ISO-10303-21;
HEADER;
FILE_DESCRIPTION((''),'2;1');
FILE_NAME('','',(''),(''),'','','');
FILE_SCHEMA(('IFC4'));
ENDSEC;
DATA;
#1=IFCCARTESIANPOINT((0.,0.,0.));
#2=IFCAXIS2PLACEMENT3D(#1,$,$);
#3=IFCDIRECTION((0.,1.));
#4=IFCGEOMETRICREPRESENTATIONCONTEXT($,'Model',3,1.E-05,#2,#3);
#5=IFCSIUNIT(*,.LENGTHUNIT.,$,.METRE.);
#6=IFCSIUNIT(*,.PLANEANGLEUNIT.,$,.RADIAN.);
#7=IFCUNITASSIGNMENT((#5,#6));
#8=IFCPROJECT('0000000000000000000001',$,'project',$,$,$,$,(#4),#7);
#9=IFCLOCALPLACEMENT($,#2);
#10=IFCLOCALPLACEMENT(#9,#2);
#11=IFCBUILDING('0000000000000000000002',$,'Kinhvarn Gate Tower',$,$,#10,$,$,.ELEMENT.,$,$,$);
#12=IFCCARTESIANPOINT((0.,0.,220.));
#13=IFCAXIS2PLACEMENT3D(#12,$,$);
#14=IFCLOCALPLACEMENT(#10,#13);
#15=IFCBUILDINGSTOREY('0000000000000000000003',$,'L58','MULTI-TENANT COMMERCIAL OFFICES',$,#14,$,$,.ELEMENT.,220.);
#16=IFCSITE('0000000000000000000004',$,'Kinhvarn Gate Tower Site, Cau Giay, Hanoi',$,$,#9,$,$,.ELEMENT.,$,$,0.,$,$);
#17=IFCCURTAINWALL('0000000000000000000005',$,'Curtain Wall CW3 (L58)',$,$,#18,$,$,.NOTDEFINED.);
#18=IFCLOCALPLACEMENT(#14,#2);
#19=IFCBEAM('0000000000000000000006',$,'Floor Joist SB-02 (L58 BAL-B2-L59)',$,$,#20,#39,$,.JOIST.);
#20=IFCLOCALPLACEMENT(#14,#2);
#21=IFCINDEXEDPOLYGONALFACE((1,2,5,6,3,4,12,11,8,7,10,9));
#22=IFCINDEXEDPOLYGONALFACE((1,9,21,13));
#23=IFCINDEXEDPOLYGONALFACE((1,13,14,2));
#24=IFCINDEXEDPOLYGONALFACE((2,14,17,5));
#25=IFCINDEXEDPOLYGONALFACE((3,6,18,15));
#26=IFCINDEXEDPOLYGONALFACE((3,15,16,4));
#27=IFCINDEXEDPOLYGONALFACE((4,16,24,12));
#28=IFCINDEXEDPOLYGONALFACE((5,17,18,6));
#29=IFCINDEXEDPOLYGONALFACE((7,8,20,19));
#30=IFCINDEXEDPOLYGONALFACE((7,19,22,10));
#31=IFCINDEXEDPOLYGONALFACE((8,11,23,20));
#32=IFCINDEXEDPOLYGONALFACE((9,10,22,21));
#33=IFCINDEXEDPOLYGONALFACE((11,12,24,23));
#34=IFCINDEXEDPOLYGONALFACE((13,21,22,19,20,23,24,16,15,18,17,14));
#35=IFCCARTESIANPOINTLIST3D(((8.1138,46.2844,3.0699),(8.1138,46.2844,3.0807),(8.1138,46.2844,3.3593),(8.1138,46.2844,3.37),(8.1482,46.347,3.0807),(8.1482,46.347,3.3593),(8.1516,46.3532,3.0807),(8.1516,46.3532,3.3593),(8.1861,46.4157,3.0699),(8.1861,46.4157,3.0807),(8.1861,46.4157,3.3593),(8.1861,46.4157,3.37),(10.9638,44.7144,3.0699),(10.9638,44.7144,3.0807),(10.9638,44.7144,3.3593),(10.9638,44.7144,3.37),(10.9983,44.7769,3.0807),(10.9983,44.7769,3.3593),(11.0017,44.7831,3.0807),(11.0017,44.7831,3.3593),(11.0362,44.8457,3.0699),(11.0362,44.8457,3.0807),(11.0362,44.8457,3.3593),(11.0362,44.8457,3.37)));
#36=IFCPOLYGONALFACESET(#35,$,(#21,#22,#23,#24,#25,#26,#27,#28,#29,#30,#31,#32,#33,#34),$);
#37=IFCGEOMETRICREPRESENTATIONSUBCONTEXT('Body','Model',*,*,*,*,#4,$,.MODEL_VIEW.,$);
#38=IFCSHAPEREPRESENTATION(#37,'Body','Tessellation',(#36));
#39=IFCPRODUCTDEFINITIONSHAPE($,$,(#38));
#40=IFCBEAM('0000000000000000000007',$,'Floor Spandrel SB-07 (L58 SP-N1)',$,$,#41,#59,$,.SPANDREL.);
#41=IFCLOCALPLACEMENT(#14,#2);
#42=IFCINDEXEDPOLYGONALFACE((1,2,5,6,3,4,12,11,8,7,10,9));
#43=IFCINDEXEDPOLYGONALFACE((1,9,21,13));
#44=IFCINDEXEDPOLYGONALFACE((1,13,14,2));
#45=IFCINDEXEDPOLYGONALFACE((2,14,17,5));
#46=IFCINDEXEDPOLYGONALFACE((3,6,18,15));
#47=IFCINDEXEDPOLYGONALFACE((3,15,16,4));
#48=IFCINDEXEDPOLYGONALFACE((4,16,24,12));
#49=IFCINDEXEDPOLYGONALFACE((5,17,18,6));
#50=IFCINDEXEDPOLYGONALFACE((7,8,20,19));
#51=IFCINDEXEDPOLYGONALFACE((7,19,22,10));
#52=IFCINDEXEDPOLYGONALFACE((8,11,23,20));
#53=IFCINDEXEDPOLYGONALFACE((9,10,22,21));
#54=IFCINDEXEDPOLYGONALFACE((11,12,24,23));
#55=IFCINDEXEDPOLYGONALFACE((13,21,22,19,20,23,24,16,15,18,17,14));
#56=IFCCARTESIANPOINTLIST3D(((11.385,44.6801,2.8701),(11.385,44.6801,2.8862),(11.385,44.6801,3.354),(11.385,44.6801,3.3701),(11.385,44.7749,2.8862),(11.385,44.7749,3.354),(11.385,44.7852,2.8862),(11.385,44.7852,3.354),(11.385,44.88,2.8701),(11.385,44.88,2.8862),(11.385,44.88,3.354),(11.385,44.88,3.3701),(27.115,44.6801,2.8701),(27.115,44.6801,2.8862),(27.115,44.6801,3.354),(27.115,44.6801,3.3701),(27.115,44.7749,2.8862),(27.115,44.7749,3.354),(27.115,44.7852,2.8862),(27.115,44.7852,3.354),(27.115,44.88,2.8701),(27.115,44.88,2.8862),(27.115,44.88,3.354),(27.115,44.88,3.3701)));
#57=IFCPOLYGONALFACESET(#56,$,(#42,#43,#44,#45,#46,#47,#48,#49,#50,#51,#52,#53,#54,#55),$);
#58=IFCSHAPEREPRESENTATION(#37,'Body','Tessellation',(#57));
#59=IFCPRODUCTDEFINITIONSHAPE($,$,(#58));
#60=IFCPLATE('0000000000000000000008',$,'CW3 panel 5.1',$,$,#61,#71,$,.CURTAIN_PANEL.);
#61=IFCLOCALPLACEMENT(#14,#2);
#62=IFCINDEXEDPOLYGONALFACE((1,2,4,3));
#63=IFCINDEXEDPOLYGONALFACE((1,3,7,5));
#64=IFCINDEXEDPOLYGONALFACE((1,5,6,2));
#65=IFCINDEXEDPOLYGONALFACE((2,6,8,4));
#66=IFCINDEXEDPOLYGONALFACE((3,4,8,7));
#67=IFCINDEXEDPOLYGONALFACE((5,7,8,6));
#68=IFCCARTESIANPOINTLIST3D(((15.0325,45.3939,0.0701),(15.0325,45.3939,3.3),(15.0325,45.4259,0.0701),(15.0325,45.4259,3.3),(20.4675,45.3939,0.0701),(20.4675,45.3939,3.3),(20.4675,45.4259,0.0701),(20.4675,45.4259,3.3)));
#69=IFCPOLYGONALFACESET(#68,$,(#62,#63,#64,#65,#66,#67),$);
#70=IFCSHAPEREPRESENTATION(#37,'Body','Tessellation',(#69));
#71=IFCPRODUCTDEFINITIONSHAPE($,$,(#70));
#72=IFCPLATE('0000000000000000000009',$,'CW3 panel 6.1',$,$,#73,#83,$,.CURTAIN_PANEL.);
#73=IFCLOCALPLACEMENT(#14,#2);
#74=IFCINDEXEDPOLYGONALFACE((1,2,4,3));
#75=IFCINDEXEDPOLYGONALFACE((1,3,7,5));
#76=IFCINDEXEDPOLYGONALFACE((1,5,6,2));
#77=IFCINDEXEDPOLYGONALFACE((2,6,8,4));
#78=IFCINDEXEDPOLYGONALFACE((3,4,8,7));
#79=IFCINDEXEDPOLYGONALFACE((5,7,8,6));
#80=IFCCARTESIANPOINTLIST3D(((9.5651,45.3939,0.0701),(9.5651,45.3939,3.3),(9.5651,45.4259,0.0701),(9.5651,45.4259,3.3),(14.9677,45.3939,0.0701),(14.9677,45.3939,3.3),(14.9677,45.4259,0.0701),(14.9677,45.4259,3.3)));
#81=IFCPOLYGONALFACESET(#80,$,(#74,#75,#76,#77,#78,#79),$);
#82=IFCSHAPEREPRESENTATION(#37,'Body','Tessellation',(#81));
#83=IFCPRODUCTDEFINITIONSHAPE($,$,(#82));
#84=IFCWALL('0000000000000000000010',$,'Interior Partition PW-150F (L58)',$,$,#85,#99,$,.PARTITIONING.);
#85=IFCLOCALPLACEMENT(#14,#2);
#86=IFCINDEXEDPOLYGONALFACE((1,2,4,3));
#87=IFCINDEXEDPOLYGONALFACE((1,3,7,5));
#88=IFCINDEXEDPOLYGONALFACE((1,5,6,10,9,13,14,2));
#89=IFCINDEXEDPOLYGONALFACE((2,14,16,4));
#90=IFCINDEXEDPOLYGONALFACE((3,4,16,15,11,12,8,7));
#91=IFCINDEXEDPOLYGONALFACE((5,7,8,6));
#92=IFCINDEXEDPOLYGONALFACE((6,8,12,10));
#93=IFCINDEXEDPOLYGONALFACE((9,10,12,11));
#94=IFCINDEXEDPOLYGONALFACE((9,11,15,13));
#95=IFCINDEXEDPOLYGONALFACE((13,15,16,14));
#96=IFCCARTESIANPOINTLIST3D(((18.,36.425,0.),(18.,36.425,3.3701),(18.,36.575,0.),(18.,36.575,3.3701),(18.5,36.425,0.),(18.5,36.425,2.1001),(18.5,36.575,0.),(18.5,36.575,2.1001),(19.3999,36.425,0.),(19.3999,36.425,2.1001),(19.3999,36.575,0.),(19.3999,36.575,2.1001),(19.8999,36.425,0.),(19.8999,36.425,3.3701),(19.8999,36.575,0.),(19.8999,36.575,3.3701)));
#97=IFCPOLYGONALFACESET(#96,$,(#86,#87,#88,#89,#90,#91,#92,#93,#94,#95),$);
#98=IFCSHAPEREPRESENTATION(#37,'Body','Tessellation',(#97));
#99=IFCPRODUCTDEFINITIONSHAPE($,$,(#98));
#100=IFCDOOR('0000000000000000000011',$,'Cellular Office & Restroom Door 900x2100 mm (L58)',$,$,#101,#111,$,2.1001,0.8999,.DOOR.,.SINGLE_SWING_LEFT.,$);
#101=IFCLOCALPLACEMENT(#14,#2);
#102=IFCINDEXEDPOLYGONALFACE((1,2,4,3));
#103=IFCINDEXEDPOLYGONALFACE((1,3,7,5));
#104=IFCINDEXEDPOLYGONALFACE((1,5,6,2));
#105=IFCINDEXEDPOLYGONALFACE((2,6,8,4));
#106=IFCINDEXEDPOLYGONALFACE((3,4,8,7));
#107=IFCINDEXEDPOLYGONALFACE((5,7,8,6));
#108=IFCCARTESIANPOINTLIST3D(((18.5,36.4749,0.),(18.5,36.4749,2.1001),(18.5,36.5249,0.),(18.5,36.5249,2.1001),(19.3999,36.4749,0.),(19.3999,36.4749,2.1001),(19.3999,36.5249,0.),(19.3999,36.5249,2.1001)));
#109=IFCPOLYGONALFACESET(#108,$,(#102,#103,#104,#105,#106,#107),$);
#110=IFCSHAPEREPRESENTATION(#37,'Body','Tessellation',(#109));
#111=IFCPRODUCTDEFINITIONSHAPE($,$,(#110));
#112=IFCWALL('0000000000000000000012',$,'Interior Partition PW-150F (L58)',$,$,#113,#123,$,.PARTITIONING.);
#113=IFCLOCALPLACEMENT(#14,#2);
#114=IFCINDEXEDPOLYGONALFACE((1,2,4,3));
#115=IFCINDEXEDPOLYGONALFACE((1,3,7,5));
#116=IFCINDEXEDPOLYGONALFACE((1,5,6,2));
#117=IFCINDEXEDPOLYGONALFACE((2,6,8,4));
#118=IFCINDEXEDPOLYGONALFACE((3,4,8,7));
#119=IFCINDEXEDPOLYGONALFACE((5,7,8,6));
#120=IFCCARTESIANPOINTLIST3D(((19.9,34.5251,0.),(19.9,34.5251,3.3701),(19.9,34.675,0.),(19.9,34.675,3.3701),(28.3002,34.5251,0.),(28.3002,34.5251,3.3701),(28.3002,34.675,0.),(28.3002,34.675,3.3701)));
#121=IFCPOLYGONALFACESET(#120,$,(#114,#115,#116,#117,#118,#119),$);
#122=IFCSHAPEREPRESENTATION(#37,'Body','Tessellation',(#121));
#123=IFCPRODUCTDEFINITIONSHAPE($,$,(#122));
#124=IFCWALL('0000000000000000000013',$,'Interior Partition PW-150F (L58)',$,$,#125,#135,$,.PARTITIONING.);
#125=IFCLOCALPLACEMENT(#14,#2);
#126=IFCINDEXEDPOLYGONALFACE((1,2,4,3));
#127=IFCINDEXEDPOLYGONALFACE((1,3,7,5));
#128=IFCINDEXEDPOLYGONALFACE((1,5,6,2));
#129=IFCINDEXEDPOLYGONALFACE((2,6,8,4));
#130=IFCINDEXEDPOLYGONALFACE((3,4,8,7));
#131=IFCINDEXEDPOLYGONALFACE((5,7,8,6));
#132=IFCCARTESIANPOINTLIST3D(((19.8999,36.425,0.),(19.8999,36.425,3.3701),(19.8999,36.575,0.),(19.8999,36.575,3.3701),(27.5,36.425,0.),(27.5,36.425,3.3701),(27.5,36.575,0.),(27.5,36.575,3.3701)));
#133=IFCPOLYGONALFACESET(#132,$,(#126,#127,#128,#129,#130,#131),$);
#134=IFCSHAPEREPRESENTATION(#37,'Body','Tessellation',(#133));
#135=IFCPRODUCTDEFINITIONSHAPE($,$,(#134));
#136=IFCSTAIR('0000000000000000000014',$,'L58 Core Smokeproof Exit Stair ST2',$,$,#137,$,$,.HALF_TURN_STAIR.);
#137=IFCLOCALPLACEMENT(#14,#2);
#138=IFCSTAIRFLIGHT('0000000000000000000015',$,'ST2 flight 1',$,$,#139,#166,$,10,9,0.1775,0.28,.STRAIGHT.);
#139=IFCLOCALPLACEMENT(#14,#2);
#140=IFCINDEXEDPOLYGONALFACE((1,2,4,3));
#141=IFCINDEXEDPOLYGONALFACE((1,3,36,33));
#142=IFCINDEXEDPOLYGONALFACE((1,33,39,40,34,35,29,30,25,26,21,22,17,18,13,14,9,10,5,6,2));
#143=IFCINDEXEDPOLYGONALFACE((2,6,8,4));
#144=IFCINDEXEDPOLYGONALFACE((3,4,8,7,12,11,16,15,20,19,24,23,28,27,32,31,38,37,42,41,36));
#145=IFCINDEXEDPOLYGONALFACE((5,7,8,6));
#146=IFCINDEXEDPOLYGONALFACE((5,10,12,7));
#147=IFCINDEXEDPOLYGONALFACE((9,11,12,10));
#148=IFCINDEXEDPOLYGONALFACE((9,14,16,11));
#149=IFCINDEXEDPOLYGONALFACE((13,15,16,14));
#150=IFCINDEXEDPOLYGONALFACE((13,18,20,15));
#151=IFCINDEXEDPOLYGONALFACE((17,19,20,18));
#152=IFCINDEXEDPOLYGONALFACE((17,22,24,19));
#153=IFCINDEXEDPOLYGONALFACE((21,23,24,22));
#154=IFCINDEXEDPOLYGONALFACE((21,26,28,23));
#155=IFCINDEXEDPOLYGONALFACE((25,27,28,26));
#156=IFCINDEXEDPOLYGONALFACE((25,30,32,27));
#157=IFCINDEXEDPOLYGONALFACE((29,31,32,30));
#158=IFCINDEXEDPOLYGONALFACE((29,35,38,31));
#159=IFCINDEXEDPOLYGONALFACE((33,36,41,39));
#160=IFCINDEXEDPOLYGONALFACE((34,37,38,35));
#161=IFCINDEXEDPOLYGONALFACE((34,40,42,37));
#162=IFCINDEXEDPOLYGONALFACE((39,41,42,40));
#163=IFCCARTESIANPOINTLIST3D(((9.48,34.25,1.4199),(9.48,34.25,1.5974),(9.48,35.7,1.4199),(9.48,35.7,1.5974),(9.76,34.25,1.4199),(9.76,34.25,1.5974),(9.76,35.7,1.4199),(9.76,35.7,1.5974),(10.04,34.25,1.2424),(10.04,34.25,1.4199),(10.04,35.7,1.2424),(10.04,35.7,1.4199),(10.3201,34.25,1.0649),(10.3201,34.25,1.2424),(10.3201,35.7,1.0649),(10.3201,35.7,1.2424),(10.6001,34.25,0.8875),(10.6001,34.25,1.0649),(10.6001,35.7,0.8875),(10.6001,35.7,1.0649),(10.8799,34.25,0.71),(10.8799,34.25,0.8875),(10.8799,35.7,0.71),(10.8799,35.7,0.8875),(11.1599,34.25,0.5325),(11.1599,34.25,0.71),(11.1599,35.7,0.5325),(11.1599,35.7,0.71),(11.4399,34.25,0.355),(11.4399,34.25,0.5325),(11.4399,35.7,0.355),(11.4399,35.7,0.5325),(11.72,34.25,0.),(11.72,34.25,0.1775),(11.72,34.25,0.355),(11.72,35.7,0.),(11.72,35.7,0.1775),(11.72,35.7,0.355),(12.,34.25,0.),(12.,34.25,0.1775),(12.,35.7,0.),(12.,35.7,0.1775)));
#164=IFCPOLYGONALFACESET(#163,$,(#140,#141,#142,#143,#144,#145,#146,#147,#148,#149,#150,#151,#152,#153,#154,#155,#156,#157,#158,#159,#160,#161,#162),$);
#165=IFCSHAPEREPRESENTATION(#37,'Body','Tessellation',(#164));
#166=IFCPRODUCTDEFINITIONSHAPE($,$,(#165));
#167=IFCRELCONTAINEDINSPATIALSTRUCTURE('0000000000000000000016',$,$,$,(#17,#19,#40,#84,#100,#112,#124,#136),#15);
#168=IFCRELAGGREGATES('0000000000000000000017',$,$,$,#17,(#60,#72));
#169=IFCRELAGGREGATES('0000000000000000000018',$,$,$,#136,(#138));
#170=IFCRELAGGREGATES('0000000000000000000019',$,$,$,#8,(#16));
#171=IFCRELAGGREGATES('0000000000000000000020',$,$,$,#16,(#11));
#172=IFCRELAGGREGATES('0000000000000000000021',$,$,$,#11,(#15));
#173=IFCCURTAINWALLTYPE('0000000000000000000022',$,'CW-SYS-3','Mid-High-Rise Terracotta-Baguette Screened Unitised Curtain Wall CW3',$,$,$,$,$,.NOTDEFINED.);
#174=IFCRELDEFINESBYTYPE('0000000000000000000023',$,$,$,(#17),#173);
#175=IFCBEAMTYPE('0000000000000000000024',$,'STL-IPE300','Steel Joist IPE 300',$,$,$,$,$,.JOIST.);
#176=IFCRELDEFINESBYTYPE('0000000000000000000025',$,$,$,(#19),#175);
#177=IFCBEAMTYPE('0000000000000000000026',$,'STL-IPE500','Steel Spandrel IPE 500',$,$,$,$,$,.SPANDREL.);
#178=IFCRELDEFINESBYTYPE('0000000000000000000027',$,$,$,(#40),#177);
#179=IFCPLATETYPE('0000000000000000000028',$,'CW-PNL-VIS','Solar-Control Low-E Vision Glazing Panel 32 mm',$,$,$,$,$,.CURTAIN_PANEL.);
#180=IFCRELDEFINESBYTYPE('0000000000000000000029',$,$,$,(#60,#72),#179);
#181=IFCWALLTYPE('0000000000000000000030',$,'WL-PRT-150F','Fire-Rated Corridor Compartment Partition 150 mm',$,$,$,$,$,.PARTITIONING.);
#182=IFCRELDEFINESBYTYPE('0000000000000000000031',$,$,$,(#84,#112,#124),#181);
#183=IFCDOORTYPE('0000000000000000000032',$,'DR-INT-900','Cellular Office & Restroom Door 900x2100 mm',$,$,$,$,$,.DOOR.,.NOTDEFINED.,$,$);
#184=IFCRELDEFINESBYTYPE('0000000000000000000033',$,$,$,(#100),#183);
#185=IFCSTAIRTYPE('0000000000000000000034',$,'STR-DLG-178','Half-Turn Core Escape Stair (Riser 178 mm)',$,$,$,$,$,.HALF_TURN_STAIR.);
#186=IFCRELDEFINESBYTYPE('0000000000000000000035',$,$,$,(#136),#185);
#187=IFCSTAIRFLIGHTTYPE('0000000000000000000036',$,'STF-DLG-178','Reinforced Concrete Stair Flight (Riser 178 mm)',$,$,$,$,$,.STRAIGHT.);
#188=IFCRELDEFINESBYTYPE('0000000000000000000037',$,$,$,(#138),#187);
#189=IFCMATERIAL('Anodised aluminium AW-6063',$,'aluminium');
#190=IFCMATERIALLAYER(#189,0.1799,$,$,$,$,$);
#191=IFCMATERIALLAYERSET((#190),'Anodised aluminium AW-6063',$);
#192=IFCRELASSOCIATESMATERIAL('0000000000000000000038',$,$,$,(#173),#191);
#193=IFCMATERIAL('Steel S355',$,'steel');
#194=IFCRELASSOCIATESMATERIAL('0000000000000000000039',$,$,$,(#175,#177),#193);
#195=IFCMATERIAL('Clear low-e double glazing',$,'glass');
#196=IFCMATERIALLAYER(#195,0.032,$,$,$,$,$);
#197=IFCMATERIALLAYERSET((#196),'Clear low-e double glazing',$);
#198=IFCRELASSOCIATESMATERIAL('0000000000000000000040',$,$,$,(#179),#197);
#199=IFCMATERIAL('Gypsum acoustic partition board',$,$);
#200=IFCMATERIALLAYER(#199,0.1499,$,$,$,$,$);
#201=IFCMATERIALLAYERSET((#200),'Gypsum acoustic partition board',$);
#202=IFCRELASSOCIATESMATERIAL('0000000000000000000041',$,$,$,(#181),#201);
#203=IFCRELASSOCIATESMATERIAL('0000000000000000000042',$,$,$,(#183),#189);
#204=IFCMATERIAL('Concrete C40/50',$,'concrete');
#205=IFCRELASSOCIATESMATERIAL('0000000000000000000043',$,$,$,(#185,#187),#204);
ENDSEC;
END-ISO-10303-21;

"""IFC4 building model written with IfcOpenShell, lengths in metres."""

from ifc_helpers import new_model, si_unit, direction, frame, frame_2d, origin, origin_2d, place, context, subcontext, project, spatial, polyline, rectangle, i_section, outline, extrude, material, layer, layer_set, material_profile, profile_set, type_object, element, fill, aggregate, save


model = new_model("IFC4")

# Units and contexts
model_context = context("Model", 3, precision=1e-05, world=origin(), true_north=direction((0.0, 1.0)))
body_context = subcontext(model_context, "Body", "Model", "MODEL_VIEW")
ifc_project = project(units=[si_unit("LENGTHUNIT", "METRE"), si_unit("PLANEANGLEUNIT", "RADIAN")], contexts=[model_context])

# Site, building, storey
site_placement = place(None, origin())
site = spatial("IfcSite", under=ifc_project, at=site_placement, Name="Kinhvarn Gate Tower Site, Cau Giay, Hanoi", CompositionType="ELEMENT", RefElevation=0.0)
building_placement = place(site_placement, origin())
building = spatial("IfcBuilding", under=site, at=building_placement, Name="Kinhvarn Gate Tower", CompositionType="ELEMENT")
storey_placement = place(building_placement, frame((0.0, 0.0, 220.0)))
storey = spatial("IfcBuildingStorey", under=building, at=storey_placement, Name="L58", Description="MULTI-TENANT COMMERCIAL OFFICES", CompositionType="ELEMENT", Elevation=220.0)

# Curtain wall
ifc_material_1 = material(Name="Anodised aluminium AW-6063", Category="aluminium")
ifc_layer_1 = layer(ifc_material_1, 0.1799)
ifc_layer_set_1 = layer_set([ifc_layer_1], Name="Anodised aluminium AW-6063")
curtain_wall_type = type_object("IfcCurtainWallType", Name="CW-SYS-3", Description="Mid-High-Rise Terracotta-Baguette Screened Unitised Curtain Wall CW3", PredefinedType="NOTDEFINED", material=ifc_layer_set_1)
curtain_wall_placement = place(storey_placement, origin())
curtain_wall = element("IfcCurtainWall", 1, at=curtain_wall_placement, inside=storey, type_object=curtain_wall_type, Name="Curtain Wall CW3 (L58)", PredefinedType="NOTDEFINED")

# Beams
ifc_material_2 = material(Name="Steel S355", Category="steel")
ifc_material_profile_1 = material_profile(ifc_material_2, i_section(OverallWidth=0.1499, OverallDepth=0.3, WebThickness=0.0071, FlangeThickness=0.0107, at=origin_2d()), Name="IPE 300")
ifc_profile_set_1 = profile_set([ifc_material_profile_1], Name="Steel S355")
beam_type_1 = type_object("IfcBeamType", Name="STL-IPE300", Description="Steel Joist IPE 300", PredefinedType="JOIST", material=ifc_profile_set_1)
beam_1_placement = place(storey_placement, frame((11.0, 44.78, 3.22), z_axis=(-0.875889, 0.482512, 0.0), x_axis=(-0.482512, -0.875889, 0.0)))
element("IfcBeam", 2, at=beam_1_placement, inside=storey, type_object=beam_type_1, Name="Floor Joist SB-02 (L58 BAL-B2-L59)", PredefinedType="JOIST", context=body_context, shape_type="SweptSolid", body=[
    extrude(i_section(OverallWidth=0.1499, OverallDepth=0.3, WebThickness=0.0071, FlangeThickness=0.0107, at=origin_2d()), origin(), (0.0, 0.0, 1.0), 3.2539),
])
ifc_material_profile_2 = material_profile(ifc_material_2, i_section(OverallWidth=0.2, OverallDepth=0.5, WebThickness=0.0103, FlangeThickness=0.0161, at=origin_2d()), Name="IPE 500")
ifc_profile_set_2 = profile_set([ifc_material_profile_2], Name="Steel S355")
beam_type_2 = type_object("IfcBeamType", Name="STL-IPE500", Description="Steel Spandrel IPE 500", PredefinedType="SPANDREL", material=ifc_profile_set_2)
beam_2_placement = place(storey_placement, frame((11.385, 44.78, 3.1201), z_axis=(1.0, 0.0, 0.0), x_axis=(0.0, 1.0, 0.0)))
element("IfcBeam", 3, at=beam_2_placement, inside=storey, type_object=beam_type_2, Name="Floor Spandrel SB-07 (L58 SP-N1)", PredefinedType="SPANDREL", context=body_context, shape_type="SweptSolid", body=[
    extrude(i_section(OverallWidth=0.2, OverallDepth=0.5, WebThickness=0.0103, FlangeThickness=0.0161, at=origin_2d()), origin(), (0.0, 0.0, 1.0), 15.73),
])

# Plates
ifc_material_3 = material(Name="Clear low-e double glazing", Category="glass")
ifc_layer_2 = layer(ifc_material_3, 0.032)
ifc_layer_set_2 = layer_set([ifc_layer_2], Name="Clear low-e double glazing")
plate_type = type_object("IfcPlateType", Name="CW-PNL-VIS", Description="Solar-Control Low-E Vision Glazing Panel 32 mm", PredefinedType="CURTAIN_PANEL", material=ifc_layer_set_2)
plate_1_placement = place(storey_placement, frame((17.75, 45.4099, 0.0701), z_axis=(0.0, 0.0, 1.0), x_axis=(-1.0, 0.0, 0.0)))
plate_1 = element("IfcPlate", 4, at=plate_1_placement, type_object=plate_type, Name="CW3 panel 5.1", PredefinedType="CURTAIN_PANEL", context=body_context, shape_type="SweptSolid", body=[
    extrude(rectangle(XDim=5.4351, YDim=0.032, at=origin_2d()), origin(), (0.0, 0.0, 1.0), 3.23),
])
plate_2_placement = place(storey_placement, frame((12.2664, 45.4099, 0.0701), z_axis=(0.0, 0.0, 1.0), x_axis=(-1.0, 0.0, 0.0)))
plate_2 = element("IfcPlate", 5, at=plate_2_placement, type_object=plate_type, Name="CW3 panel 6.1", PredefinedType="CURTAIN_PANEL", context=body_context, shape_type="SweptSolid", body=[
    extrude(rectangle(XDim=5.4026, YDim=0.032, at=origin_2d()), origin(), (0.0, 0.0, 1.0), 3.23),
])
aggregate(curtain_wall, [plate_1, plate_2])

# Wall, opening, door
ifc_material_4 = material(Name="Gypsum acoustic partition board")
ifc_layer_3 = layer(ifc_material_4, 0.1499)
ifc_layer_set_3 = layer_set([ifc_layer_3], Name="Gypsum acoustic partition board")
wall_type = type_object("IfcWallType", Name="WL-PRT-150F", Description="Fire-Rated Corridor Compartment Partition 150 mm", PredefinedType="PARTITIONING", material=ifc_layer_set_3)
wall_1_placement = place(storey_placement, frame((18.0, 36.5, 0.0), z_axis=(0.0, 0.0, 1.0), x_axis=(1.0, 0.0, 0.0)))
wall_1 = element("IfcWall", 6, at=wall_1_placement, inside=storey, type_object=wall_type, Name="Interior Partition PW-150F (L58)", PredefinedType="PARTITIONING", context=body_context, shape_type="SweptSolid", body=[
    extrude(rectangle(XDim=1.8999, YDim=0.1499, at=frame_2d((0.95, 0.0))), origin(), (0.0, 0.0, 1.0), 3.3701),
])
opening_placement = place(wall_1_placement, frame((0.5, 0.0, 0.0)))
opening = element("IfcOpeningElement", 7, at=opening_placement, cuts=wall_1, PredefinedType="OPENING", context=body_context, shape_type="SweptSolid", body=[
    extrude(rectangle(XDim=0.8999, YDim=2.1001, at=frame_2d((0.45, 1.05))), frame((0.0, 0.085, 0.0), z_axis=(0.0, -1.0, 0.0), x_axis=(1.0, 0.0, 0.0)), (0.0, 0.0, 1.0), 0.1699),
])
door_type = type_object("IfcDoorType", Name="DR-INT-900", Description="Cellular Office & Restroom Door 900x2100 mm", OperationType="NOTDEFINED", PredefinedType="DOOR", material=ifc_material_1)
door_placement = place(opening_placement, origin())
door = element("IfcDoor", 8, at=door_placement, inside=storey, type_object=door_type, Name="Cellular Office & Restroom Door 900x2100 mm (L58)", OperationType="SINGLE_SWING_LEFT", OverallHeight=2.1001, OverallWidth=0.8999, PredefinedType="DOOR", context=body_context, shape_type="SweptSolid", body=[
    extrude(rectangle(XDim=0.8999, YDim=2.1001, at=frame_2d((0.45, 1.05))), frame((0.0, 0.0249, 0.0), z_axis=(0.0, -1.0, 0.0), x_axis=(1.0, 0.0, 0.0)), (0.0, 0.0, 1.0), 0.05),
])
fill(opening, door)

# Walls
wall_2_placement = place(storey_placement, frame((19.8999, 34.6001, 0.0), z_axis=(0.0, 0.0, 1.0), x_axis=(1.0, 0.0, 0.0)))
element("IfcWall", 9, at=wall_2_placement, inside=storey, type_object=wall_type, Name="Interior Partition PW-150F (L58)", PredefinedType="PARTITIONING", context=body_context, shape_type="SweptSolid", body=[
    extrude(rectangle(XDim=8.4001, YDim=0.1499, at=frame_2d((4.2002, 0.0))), origin(), (0.0, 0.0, 1.0), 3.3701),
])
wall_3_placement = place(storey_placement, frame((19.8999, 36.5, 0.0), z_axis=(0.0, 0.0, 1.0), x_axis=(1.0, 0.0, 0.0)))
element("IfcWall", 10, at=wall_3_placement, inside=storey, type_object=wall_type, Name="Interior Partition PW-150F (L58)", PredefinedType="PARTITIONING", context=body_context, shape_type="SweptSolid", body=[
    extrude(rectangle(XDim=7.6001, YDim=0.1499, at=frame_2d((3.8, 0.0))), origin(), (0.0, 0.0, 1.0), 3.3701),
])

# Stair, stair flight
ifc_material_5 = material(Name="Concrete C40/50", Category="concrete")
stair_type = type_object("IfcStairType", Name="STR-DLG-178", Description="Half-Turn Core Escape Stair (Riser 178 mm)", PredefinedType="HALF_TURN_STAIR", material=ifc_material_5)
stair_placement = place(storey_placement, origin())
stair = element("IfcStair", 11, at=stair_placement, inside=storey, type_object=stair_type, Name="L58 Core Smokeproof Exit Stair ST2", PredefinedType="HALF_TURN_STAIR")
stair_flight_type = type_object("IfcStairFlightType", Name="STF-DLG-178", Description="Reinforced Concrete Stair Flight (Riser 178 mm)", PredefinedType="STRAIGHT", material=ifc_material_5)
stair_flight_placement = place(storey_placement, frame((12.0, 34.9751, 0.0), z_axis=(0.0, 0.0, 1.0), x_axis=(-1.0, 0.0, 0.0)))
stair_flight = element("IfcStairFlight", 12, at=stair_flight_placement, type_object=stair_flight_type, Name="ST2 flight 1", NumberOfRisers=10, NumberOfTreads=9, PredefinedType="STRAIGHT", RiserHeight=0.1775, TreadLength=0.28, context=body_context, shape_type="SweptSolid", body=[
    extrude(outline(polyline([(0.0, 0.0), (0.0, 0.1775), (0.28, 0.1775), (0.28, 0.355), (0.5601, 0.355), (0.5601, 0.5325), (0.8401, 0.5325), (0.8401, 0.71), (1.1201, 0.71), (1.1201, 0.8875), (1.3999, 0.8875), (1.3999, 1.0649), (1.6799, 1.0649), (1.6799, 1.2424), (1.96, 1.2424), (1.96, 1.4199), (2.24, 1.4199), (2.24, 1.5974), (2.52, 1.5974), (2.52, 1.7749), (2.52, 1.4199), (0.28, 0.0), (0.0, 0.0)])), frame((0.0, 0.7251, 0.0), z_axis=(0.0, -1.0, 0.0), x_axis=(1.0, 0.0, 0.0)), (0.0, 0.0, 1.0), 1.45),
])
aggregate(stair, [stair_flight])

save(model, "model.ifc")
